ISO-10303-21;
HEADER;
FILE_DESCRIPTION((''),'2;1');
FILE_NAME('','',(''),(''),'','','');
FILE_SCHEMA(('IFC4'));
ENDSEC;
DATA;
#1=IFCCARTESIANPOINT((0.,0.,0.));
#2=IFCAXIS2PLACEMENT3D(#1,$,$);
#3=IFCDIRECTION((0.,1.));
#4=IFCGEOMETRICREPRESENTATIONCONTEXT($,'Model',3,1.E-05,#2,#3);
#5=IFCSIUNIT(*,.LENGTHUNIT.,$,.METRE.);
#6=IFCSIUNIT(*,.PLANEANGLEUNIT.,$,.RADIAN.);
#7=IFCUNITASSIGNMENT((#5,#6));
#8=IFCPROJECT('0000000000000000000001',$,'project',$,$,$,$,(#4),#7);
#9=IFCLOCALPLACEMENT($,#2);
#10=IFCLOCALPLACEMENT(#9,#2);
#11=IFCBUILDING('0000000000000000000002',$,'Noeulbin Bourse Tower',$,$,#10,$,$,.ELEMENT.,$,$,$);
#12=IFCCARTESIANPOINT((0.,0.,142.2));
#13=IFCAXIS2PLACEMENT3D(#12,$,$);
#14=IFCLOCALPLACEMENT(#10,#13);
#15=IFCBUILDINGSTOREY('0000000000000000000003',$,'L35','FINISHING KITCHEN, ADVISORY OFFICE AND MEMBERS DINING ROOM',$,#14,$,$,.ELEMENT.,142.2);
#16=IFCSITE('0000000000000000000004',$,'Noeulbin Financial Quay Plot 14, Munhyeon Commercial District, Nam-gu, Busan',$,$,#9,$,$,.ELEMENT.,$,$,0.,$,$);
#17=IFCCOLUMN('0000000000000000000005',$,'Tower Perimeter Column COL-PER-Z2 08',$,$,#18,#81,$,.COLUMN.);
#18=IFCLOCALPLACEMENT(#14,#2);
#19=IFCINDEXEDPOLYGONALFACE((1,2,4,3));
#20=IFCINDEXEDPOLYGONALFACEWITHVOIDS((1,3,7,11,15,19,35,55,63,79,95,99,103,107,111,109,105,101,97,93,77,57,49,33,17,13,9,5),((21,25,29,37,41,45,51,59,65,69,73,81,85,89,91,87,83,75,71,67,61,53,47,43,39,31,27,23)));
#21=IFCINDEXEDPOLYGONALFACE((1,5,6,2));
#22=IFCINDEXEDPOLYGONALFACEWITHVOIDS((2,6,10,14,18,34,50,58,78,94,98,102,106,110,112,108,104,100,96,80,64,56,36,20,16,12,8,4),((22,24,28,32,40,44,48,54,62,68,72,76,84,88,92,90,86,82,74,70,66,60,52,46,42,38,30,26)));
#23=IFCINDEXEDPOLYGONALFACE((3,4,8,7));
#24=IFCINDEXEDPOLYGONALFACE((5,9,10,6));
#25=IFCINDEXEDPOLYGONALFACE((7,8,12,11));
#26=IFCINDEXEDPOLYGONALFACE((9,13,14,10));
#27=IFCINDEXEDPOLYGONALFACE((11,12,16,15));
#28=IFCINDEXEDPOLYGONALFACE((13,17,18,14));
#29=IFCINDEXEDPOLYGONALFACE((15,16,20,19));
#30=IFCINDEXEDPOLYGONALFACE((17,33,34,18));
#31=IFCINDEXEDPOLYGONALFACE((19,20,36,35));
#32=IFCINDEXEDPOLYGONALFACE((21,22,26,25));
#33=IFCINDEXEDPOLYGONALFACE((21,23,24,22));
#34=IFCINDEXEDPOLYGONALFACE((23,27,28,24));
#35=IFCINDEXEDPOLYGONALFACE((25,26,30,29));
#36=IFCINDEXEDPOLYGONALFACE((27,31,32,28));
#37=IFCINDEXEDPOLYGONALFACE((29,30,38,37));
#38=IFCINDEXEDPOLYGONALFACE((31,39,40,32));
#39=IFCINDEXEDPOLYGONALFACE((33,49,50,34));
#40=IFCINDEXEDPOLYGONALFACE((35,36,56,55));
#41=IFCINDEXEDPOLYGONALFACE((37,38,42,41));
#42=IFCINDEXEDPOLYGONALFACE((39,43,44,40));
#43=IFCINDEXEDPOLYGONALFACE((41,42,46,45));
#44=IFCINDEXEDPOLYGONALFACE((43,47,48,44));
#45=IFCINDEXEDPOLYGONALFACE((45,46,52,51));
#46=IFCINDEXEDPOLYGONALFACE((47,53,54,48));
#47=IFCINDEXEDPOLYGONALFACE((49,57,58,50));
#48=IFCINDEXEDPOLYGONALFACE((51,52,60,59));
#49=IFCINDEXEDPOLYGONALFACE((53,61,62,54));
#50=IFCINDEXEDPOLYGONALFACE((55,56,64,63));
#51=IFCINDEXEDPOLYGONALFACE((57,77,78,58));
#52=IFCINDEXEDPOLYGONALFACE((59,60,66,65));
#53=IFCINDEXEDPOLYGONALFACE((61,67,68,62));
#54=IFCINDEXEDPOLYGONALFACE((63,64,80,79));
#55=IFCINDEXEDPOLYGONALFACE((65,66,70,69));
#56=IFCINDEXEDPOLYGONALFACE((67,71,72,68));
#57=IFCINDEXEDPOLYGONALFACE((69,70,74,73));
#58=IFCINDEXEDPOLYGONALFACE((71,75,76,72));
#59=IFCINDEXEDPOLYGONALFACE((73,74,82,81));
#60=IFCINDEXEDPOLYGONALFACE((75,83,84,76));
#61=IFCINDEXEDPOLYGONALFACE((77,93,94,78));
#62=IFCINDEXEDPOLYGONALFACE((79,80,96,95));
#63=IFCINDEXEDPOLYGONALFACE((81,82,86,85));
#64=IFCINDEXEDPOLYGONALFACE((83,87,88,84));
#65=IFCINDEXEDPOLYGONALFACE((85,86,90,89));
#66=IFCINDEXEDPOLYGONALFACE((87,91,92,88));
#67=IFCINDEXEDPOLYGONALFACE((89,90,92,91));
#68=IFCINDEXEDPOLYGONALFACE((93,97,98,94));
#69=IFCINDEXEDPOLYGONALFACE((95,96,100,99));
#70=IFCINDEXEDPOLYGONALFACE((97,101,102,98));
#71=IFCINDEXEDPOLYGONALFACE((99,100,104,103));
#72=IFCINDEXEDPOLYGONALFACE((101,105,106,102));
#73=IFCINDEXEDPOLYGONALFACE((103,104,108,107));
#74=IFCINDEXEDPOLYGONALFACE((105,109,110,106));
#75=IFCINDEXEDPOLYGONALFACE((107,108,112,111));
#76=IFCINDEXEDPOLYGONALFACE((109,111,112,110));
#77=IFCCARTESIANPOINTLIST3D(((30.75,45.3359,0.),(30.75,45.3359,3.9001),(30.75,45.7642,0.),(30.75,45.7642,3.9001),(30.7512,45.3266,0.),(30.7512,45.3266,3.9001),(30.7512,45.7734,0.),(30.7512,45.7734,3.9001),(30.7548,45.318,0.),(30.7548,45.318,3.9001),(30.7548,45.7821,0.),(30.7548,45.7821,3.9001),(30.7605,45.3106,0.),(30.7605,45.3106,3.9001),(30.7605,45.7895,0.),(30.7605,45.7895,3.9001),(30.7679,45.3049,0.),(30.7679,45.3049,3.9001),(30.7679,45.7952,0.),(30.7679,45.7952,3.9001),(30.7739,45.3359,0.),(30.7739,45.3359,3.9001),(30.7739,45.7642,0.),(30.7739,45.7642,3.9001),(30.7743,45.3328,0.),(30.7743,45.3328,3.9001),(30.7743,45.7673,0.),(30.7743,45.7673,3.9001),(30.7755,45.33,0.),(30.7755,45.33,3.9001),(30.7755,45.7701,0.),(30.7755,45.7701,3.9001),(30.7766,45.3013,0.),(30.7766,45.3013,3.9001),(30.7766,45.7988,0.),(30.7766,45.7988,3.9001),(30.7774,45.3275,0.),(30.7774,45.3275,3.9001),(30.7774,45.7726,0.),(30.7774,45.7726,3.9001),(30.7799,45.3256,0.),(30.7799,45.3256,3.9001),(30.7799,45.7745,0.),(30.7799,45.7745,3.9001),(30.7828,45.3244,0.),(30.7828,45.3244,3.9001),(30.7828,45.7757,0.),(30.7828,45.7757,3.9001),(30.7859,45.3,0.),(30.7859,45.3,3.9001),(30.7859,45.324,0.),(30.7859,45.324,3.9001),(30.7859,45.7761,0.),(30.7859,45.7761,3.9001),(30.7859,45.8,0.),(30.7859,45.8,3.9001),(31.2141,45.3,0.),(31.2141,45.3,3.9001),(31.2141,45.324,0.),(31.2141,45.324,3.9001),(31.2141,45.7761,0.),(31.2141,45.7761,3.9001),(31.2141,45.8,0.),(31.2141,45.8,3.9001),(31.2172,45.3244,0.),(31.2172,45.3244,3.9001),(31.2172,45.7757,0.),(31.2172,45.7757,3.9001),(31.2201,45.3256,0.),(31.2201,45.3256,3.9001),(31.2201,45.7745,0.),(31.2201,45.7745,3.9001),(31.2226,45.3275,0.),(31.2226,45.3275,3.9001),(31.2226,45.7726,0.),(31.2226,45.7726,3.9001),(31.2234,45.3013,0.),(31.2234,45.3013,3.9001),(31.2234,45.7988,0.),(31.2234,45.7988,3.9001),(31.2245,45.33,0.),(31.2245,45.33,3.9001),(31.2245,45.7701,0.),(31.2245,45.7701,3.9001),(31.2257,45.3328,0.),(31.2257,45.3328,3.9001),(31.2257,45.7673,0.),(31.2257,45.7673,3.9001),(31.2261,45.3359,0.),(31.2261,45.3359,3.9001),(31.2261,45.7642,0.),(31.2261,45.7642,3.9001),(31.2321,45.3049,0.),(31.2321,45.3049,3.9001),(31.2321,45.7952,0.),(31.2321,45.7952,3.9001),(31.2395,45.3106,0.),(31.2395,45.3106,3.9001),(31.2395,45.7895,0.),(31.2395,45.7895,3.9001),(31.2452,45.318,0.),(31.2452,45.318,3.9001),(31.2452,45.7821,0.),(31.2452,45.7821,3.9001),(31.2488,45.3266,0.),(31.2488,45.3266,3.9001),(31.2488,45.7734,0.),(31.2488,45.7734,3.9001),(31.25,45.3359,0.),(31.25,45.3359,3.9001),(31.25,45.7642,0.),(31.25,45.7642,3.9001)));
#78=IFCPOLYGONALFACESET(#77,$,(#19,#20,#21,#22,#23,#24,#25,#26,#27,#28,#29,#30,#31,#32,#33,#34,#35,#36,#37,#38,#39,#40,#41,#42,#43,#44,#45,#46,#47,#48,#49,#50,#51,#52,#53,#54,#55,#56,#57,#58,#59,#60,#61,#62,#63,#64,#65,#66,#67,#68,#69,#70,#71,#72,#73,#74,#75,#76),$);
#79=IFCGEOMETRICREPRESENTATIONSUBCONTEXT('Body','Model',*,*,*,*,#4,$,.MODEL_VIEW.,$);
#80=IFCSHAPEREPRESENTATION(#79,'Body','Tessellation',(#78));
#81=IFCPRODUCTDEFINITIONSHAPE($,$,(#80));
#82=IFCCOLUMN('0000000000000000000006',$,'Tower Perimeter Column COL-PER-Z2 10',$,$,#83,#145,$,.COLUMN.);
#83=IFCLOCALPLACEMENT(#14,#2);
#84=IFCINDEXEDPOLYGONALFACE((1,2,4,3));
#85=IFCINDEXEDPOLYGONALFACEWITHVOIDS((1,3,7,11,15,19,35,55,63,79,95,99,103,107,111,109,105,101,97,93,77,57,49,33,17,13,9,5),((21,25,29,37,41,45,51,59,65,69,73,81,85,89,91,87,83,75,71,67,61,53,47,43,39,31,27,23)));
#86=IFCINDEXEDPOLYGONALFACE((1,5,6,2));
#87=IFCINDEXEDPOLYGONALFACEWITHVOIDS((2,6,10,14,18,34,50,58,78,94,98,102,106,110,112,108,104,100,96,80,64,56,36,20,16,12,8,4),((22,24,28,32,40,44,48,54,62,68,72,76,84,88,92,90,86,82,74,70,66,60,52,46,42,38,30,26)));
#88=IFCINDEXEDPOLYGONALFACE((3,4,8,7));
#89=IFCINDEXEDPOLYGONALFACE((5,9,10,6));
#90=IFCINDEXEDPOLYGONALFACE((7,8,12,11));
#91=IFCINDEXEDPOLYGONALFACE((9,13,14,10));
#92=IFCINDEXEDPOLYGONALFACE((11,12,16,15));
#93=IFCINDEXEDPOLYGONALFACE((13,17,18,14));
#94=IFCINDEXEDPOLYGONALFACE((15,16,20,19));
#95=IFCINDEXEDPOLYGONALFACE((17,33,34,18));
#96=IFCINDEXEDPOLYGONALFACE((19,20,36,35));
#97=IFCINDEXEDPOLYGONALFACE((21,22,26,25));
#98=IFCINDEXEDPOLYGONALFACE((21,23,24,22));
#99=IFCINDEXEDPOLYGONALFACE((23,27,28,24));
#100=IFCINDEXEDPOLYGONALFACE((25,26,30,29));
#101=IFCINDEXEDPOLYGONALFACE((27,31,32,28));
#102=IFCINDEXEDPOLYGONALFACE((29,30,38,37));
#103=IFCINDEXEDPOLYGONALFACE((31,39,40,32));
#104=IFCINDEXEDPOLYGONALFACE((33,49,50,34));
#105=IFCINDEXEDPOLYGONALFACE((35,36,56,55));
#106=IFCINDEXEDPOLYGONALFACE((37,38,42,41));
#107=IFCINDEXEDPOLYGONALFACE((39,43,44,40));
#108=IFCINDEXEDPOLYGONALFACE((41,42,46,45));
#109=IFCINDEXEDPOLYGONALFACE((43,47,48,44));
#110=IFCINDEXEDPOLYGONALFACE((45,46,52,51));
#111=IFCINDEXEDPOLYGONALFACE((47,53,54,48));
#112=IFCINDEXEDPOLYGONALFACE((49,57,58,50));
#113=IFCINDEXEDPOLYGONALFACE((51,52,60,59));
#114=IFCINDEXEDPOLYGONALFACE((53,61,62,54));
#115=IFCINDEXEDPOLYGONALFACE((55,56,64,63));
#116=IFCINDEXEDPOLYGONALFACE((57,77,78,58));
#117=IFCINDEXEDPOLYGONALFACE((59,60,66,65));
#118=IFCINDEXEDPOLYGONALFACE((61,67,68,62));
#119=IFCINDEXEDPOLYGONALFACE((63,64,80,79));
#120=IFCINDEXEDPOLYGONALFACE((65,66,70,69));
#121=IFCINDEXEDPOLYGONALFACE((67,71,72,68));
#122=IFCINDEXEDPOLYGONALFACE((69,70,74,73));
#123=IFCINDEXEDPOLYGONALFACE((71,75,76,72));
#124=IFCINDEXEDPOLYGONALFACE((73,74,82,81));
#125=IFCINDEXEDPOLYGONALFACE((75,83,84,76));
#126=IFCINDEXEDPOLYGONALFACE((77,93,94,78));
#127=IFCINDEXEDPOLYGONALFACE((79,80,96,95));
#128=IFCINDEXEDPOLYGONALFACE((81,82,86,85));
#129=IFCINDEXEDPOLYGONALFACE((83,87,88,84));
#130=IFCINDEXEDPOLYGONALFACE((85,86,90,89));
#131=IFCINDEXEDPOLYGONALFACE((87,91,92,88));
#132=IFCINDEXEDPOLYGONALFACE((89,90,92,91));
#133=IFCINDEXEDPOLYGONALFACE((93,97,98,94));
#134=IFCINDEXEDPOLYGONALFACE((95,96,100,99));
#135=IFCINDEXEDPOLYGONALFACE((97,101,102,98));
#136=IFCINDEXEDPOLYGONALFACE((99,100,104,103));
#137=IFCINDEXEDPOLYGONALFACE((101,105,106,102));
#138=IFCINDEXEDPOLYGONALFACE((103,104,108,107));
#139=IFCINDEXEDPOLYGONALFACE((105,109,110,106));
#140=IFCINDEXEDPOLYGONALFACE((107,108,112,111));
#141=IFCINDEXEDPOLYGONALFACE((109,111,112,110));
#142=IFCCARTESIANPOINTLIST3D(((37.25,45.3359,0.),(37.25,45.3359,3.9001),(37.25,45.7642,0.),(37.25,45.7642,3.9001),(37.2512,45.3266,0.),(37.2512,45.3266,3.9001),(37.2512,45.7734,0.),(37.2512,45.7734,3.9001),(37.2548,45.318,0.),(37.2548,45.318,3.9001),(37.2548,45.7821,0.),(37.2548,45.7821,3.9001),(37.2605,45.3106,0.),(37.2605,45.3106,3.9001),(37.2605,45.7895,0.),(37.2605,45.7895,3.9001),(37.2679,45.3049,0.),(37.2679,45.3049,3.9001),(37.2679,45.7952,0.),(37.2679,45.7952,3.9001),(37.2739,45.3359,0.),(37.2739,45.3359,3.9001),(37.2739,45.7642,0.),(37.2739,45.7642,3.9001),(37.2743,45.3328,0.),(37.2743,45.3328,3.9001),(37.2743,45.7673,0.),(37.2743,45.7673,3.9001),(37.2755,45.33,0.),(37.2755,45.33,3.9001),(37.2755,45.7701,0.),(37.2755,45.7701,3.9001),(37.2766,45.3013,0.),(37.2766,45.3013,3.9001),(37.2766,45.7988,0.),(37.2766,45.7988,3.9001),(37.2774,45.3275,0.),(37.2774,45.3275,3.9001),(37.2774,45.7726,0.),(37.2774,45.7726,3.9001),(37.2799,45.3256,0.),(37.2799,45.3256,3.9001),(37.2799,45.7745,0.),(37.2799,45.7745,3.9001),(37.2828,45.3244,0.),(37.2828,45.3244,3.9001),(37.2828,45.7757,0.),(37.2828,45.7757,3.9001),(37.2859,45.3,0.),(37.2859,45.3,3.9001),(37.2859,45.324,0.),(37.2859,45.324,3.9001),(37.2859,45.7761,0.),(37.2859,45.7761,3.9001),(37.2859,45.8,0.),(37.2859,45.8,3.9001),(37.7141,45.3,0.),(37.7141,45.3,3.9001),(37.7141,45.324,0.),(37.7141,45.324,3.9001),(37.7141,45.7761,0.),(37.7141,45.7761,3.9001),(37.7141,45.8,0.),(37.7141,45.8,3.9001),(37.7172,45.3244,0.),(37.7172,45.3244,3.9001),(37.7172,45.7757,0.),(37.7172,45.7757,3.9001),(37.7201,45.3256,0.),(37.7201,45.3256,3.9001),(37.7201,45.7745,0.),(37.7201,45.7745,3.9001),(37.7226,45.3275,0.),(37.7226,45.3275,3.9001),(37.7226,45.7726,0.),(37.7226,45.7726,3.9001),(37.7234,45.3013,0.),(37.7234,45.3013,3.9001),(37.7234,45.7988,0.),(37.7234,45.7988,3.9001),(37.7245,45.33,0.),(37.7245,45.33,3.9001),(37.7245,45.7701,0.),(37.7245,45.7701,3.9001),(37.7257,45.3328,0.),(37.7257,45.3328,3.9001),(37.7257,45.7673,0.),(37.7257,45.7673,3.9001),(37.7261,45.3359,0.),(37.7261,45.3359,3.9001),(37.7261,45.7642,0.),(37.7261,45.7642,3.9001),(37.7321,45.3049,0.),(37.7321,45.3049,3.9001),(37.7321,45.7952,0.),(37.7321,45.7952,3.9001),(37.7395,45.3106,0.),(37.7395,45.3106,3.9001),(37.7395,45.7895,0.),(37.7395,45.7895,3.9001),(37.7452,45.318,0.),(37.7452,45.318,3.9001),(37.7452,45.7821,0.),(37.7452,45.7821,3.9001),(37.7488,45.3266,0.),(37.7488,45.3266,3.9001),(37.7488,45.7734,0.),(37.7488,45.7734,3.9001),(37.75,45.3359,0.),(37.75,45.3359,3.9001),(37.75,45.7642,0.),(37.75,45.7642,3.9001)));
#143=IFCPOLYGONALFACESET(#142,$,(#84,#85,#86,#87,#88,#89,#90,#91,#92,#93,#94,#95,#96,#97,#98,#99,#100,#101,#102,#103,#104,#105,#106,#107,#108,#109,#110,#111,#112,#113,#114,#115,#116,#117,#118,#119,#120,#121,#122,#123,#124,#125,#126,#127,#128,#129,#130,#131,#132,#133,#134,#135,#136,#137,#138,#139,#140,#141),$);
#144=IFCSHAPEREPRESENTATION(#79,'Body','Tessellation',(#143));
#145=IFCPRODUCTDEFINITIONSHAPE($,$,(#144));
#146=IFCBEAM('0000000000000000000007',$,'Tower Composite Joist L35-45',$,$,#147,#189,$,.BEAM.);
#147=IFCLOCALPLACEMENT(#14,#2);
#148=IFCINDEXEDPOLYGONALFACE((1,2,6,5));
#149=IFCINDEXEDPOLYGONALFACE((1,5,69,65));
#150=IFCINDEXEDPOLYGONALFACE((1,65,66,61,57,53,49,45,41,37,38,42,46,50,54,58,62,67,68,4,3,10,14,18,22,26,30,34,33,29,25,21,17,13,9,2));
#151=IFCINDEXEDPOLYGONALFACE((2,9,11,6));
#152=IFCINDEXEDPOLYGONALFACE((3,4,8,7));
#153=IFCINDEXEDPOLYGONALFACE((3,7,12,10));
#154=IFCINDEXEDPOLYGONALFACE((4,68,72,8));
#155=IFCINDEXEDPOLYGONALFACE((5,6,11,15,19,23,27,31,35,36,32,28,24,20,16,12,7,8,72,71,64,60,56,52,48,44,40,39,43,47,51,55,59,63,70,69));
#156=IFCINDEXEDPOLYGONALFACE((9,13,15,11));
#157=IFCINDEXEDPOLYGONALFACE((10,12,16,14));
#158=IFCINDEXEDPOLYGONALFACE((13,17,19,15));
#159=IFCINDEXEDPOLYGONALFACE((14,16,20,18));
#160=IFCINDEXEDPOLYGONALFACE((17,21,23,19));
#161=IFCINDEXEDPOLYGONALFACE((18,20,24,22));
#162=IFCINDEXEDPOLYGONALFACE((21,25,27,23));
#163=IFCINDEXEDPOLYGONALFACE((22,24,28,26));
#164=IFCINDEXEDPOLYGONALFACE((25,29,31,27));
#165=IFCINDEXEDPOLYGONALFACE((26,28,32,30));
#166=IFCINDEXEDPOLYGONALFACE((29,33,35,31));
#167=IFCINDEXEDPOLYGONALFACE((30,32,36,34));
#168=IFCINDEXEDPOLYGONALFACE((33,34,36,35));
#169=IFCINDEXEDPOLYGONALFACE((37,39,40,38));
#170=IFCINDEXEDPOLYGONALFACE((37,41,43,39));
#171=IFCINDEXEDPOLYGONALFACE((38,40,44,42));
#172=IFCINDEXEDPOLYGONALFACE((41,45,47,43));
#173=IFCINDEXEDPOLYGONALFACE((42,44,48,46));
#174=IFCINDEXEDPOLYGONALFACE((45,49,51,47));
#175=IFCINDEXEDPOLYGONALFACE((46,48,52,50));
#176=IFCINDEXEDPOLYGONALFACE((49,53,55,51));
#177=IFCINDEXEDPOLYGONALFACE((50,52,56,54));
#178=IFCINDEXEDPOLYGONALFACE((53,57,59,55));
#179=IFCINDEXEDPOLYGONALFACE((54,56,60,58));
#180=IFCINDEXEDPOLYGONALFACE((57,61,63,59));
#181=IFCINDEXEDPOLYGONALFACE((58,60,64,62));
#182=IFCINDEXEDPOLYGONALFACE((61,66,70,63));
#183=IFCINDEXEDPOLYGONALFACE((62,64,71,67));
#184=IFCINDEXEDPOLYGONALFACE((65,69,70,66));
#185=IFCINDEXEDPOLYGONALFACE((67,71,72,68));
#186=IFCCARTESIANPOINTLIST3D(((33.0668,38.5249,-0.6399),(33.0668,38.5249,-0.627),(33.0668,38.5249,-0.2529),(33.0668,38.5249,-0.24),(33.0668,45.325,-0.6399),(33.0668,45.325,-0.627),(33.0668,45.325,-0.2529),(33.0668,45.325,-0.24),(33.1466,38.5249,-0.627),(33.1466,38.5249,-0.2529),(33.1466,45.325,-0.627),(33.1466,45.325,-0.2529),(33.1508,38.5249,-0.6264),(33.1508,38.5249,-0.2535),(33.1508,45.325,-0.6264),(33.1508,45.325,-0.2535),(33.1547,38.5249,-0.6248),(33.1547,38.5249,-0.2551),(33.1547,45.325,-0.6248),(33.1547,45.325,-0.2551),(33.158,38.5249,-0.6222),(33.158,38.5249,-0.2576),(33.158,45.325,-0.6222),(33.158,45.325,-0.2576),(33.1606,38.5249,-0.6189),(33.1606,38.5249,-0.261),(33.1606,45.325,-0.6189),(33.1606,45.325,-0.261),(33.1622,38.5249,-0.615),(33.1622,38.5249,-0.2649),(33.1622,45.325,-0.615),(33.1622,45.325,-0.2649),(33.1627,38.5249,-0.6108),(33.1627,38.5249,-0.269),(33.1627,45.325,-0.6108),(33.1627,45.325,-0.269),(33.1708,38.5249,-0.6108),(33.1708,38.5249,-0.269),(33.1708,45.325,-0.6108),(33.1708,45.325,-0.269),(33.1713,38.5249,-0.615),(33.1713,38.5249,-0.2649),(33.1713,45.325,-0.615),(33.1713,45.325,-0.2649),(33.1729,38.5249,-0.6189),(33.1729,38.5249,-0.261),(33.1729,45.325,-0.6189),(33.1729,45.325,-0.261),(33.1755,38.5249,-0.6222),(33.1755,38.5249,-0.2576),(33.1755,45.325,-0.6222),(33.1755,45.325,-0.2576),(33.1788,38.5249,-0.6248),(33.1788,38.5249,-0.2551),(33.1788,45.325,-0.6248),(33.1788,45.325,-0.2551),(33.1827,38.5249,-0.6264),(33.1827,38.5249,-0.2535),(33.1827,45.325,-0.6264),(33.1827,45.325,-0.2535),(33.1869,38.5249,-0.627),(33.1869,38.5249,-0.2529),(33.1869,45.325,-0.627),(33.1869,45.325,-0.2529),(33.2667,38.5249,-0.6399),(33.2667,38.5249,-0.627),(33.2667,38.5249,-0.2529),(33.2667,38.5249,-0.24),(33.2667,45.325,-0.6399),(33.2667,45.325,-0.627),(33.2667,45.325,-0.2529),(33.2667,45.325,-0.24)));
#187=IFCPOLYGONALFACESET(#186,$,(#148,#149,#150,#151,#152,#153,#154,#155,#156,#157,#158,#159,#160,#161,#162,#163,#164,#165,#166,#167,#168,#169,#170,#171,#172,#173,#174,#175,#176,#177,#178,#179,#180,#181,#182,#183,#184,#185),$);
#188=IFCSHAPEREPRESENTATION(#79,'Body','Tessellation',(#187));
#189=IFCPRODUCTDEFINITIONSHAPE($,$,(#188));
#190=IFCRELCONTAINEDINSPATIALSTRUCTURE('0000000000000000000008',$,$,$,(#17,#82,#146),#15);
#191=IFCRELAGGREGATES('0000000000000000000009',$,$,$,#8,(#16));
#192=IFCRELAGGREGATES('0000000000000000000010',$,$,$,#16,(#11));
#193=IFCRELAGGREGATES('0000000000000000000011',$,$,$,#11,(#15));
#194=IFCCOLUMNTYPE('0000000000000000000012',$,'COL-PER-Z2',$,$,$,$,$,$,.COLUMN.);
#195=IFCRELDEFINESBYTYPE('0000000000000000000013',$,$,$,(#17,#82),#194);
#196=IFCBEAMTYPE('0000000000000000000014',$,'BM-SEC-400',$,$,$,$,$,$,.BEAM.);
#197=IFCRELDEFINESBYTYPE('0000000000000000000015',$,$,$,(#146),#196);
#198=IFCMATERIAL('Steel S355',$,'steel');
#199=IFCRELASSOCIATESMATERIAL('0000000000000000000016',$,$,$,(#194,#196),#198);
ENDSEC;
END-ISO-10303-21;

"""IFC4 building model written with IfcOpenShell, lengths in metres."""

from ifc_helpers import new_model, si_unit, direction, frame, origin, origin_2d, place, context, subcontext, project, spatial, hollow_rectangle, i_section, extrude, material, material_profile, profile_set, type_object, element, save


model = new_model("IFC4")

# Units and contexts
model_context = context("Model", 3, precision=1e-05, world=origin(), true_north=direction((0.0, 1.0)))
body_context = subcontext(model_context, "Body", "Model", "MODEL_VIEW")
ifc_project = project(units=[si_unit("LENGTHUNIT", "METRE"), si_unit("PLANEANGLEUNIT", "RADIAN")], contexts=[model_context])

# Site, building, storey
site_placement = place(None, origin())
site = spatial("IfcSite", under=ifc_project, at=site_placement, Name="Noeulbin Financial Quay Plot 14, Munhyeon Commercial District, Nam-gu, Busan", CompositionType="ELEMENT", RefElevation=0.0)
building_placement = place(site_placement, origin())
building = spatial("IfcBuilding", under=site, at=building_placement, Name="Noeulbin Bourse Tower", CompositionType="ELEMENT")
storey_placement = place(building_placement, frame((0.0, 0.0, 142.2)))
storey = spatial("IfcBuildingStorey", under=building, at=storey_placement, Name="L35", Description="FINISHING KITCHEN, ADVISORY OFFICE AND MEMBERS DINING ROOM", CompositionType="ELEMENT", Elevation=142.2)

# Columns
ifc_material_1 = material(Name="Steel S355", Category="steel")
ifc_material_profile_1 = material_profile(ifc_material_1, hollow_rectangle(XDim=0.5, YDim=0.5, WallThickness=0.0239, InnerFilletRadius=0.012, OuterFilletRadius=0.0359, at=origin_2d()), Name="BOX-500x500x24", Category="LoadBearing")
ifc_profile_set_1 = profile_set([ifc_material_profile_1], Name="Steel S355")
column_type = type_object("IfcColumnType", Name="COL-PER-Z2", PredefinedType="COLUMN", material=ifc_profile_set_1)
for number, where, z_axis, x_axis, name in (
    (1, (31.0, 45.55, 0.0), (0.0, 0.0, 1.0), (1.0, 0.0, 0.0), "Tower Perimeter Column COL-PER-Z2 08"),
    (2, (37.5, 45.55, 0.0), (0.0, 0.0, 1.0), (1.0, 0.0, 0.0), "Tower Perimeter Column COL-PER-Z2 10"),
):
    element("IfcColumn", number, at=place(storey_placement, frame(where, z_axis=z_axis, x_axis=x_axis)), inside=storey, type_object=column_type, Name=name, PredefinedType="COLUMN", context=body_context, shape_type="SweptSolid", body=[
        extrude(hollow_rectangle(XDim=0.5, YDim=0.5, WallThickness=0.0239, InnerFilletRadius=0.012, OuterFilletRadius=0.0359, at=origin_2d()), origin(), (0.0, 0.0, 1.0), 3.9001),
    ])

# Beam
ifc_material_profile_2 = material_profile(ifc_material_1, i_section(OverallWidth=0.2, OverallDepth=0.3999, WebThickness=0.0081, FlangeThickness=0.0129, FilletRadius=0.0161, at=origin_2d()), Name="H-400x200x8x13", Category="LoadBearing")
ifc_profile_set_2 = profile_set([ifc_material_profile_2], Name="Steel S355")
beam_type_1 = type_object("IfcBeamType", Name="BM-SEC-400", PredefinedType="BEAM", material=ifc_profile_set_2)
for number, where, z_axis, x_axis, name in (
    (3, (33.1667, 38.5249, -0.4399), (0.0, 1.0, 0.0), (-1.0, 0.0, 0.0), "Tower Composite Joist L35-45"),
):
    element("IfcBeam", number, at=place(storey_placement, frame(where, z_axis=z_axis, x_axis=x_axis)), inside=storey, type_object=beam_type_1, Name=name, PredefinedType="BEAM", context=body_context, shape_type="SweptSolid", body=[
        extrude(i_section(OverallWidth=0.2, OverallDepth=0.3999, WebThickness=0.0081, FlangeThickness=0.0129, FilletRadius=0.0161, at=origin_2d()), origin(), (0.0, 0.0, 1.0), 6.8),
    ])

save(model, "model.ifc")
